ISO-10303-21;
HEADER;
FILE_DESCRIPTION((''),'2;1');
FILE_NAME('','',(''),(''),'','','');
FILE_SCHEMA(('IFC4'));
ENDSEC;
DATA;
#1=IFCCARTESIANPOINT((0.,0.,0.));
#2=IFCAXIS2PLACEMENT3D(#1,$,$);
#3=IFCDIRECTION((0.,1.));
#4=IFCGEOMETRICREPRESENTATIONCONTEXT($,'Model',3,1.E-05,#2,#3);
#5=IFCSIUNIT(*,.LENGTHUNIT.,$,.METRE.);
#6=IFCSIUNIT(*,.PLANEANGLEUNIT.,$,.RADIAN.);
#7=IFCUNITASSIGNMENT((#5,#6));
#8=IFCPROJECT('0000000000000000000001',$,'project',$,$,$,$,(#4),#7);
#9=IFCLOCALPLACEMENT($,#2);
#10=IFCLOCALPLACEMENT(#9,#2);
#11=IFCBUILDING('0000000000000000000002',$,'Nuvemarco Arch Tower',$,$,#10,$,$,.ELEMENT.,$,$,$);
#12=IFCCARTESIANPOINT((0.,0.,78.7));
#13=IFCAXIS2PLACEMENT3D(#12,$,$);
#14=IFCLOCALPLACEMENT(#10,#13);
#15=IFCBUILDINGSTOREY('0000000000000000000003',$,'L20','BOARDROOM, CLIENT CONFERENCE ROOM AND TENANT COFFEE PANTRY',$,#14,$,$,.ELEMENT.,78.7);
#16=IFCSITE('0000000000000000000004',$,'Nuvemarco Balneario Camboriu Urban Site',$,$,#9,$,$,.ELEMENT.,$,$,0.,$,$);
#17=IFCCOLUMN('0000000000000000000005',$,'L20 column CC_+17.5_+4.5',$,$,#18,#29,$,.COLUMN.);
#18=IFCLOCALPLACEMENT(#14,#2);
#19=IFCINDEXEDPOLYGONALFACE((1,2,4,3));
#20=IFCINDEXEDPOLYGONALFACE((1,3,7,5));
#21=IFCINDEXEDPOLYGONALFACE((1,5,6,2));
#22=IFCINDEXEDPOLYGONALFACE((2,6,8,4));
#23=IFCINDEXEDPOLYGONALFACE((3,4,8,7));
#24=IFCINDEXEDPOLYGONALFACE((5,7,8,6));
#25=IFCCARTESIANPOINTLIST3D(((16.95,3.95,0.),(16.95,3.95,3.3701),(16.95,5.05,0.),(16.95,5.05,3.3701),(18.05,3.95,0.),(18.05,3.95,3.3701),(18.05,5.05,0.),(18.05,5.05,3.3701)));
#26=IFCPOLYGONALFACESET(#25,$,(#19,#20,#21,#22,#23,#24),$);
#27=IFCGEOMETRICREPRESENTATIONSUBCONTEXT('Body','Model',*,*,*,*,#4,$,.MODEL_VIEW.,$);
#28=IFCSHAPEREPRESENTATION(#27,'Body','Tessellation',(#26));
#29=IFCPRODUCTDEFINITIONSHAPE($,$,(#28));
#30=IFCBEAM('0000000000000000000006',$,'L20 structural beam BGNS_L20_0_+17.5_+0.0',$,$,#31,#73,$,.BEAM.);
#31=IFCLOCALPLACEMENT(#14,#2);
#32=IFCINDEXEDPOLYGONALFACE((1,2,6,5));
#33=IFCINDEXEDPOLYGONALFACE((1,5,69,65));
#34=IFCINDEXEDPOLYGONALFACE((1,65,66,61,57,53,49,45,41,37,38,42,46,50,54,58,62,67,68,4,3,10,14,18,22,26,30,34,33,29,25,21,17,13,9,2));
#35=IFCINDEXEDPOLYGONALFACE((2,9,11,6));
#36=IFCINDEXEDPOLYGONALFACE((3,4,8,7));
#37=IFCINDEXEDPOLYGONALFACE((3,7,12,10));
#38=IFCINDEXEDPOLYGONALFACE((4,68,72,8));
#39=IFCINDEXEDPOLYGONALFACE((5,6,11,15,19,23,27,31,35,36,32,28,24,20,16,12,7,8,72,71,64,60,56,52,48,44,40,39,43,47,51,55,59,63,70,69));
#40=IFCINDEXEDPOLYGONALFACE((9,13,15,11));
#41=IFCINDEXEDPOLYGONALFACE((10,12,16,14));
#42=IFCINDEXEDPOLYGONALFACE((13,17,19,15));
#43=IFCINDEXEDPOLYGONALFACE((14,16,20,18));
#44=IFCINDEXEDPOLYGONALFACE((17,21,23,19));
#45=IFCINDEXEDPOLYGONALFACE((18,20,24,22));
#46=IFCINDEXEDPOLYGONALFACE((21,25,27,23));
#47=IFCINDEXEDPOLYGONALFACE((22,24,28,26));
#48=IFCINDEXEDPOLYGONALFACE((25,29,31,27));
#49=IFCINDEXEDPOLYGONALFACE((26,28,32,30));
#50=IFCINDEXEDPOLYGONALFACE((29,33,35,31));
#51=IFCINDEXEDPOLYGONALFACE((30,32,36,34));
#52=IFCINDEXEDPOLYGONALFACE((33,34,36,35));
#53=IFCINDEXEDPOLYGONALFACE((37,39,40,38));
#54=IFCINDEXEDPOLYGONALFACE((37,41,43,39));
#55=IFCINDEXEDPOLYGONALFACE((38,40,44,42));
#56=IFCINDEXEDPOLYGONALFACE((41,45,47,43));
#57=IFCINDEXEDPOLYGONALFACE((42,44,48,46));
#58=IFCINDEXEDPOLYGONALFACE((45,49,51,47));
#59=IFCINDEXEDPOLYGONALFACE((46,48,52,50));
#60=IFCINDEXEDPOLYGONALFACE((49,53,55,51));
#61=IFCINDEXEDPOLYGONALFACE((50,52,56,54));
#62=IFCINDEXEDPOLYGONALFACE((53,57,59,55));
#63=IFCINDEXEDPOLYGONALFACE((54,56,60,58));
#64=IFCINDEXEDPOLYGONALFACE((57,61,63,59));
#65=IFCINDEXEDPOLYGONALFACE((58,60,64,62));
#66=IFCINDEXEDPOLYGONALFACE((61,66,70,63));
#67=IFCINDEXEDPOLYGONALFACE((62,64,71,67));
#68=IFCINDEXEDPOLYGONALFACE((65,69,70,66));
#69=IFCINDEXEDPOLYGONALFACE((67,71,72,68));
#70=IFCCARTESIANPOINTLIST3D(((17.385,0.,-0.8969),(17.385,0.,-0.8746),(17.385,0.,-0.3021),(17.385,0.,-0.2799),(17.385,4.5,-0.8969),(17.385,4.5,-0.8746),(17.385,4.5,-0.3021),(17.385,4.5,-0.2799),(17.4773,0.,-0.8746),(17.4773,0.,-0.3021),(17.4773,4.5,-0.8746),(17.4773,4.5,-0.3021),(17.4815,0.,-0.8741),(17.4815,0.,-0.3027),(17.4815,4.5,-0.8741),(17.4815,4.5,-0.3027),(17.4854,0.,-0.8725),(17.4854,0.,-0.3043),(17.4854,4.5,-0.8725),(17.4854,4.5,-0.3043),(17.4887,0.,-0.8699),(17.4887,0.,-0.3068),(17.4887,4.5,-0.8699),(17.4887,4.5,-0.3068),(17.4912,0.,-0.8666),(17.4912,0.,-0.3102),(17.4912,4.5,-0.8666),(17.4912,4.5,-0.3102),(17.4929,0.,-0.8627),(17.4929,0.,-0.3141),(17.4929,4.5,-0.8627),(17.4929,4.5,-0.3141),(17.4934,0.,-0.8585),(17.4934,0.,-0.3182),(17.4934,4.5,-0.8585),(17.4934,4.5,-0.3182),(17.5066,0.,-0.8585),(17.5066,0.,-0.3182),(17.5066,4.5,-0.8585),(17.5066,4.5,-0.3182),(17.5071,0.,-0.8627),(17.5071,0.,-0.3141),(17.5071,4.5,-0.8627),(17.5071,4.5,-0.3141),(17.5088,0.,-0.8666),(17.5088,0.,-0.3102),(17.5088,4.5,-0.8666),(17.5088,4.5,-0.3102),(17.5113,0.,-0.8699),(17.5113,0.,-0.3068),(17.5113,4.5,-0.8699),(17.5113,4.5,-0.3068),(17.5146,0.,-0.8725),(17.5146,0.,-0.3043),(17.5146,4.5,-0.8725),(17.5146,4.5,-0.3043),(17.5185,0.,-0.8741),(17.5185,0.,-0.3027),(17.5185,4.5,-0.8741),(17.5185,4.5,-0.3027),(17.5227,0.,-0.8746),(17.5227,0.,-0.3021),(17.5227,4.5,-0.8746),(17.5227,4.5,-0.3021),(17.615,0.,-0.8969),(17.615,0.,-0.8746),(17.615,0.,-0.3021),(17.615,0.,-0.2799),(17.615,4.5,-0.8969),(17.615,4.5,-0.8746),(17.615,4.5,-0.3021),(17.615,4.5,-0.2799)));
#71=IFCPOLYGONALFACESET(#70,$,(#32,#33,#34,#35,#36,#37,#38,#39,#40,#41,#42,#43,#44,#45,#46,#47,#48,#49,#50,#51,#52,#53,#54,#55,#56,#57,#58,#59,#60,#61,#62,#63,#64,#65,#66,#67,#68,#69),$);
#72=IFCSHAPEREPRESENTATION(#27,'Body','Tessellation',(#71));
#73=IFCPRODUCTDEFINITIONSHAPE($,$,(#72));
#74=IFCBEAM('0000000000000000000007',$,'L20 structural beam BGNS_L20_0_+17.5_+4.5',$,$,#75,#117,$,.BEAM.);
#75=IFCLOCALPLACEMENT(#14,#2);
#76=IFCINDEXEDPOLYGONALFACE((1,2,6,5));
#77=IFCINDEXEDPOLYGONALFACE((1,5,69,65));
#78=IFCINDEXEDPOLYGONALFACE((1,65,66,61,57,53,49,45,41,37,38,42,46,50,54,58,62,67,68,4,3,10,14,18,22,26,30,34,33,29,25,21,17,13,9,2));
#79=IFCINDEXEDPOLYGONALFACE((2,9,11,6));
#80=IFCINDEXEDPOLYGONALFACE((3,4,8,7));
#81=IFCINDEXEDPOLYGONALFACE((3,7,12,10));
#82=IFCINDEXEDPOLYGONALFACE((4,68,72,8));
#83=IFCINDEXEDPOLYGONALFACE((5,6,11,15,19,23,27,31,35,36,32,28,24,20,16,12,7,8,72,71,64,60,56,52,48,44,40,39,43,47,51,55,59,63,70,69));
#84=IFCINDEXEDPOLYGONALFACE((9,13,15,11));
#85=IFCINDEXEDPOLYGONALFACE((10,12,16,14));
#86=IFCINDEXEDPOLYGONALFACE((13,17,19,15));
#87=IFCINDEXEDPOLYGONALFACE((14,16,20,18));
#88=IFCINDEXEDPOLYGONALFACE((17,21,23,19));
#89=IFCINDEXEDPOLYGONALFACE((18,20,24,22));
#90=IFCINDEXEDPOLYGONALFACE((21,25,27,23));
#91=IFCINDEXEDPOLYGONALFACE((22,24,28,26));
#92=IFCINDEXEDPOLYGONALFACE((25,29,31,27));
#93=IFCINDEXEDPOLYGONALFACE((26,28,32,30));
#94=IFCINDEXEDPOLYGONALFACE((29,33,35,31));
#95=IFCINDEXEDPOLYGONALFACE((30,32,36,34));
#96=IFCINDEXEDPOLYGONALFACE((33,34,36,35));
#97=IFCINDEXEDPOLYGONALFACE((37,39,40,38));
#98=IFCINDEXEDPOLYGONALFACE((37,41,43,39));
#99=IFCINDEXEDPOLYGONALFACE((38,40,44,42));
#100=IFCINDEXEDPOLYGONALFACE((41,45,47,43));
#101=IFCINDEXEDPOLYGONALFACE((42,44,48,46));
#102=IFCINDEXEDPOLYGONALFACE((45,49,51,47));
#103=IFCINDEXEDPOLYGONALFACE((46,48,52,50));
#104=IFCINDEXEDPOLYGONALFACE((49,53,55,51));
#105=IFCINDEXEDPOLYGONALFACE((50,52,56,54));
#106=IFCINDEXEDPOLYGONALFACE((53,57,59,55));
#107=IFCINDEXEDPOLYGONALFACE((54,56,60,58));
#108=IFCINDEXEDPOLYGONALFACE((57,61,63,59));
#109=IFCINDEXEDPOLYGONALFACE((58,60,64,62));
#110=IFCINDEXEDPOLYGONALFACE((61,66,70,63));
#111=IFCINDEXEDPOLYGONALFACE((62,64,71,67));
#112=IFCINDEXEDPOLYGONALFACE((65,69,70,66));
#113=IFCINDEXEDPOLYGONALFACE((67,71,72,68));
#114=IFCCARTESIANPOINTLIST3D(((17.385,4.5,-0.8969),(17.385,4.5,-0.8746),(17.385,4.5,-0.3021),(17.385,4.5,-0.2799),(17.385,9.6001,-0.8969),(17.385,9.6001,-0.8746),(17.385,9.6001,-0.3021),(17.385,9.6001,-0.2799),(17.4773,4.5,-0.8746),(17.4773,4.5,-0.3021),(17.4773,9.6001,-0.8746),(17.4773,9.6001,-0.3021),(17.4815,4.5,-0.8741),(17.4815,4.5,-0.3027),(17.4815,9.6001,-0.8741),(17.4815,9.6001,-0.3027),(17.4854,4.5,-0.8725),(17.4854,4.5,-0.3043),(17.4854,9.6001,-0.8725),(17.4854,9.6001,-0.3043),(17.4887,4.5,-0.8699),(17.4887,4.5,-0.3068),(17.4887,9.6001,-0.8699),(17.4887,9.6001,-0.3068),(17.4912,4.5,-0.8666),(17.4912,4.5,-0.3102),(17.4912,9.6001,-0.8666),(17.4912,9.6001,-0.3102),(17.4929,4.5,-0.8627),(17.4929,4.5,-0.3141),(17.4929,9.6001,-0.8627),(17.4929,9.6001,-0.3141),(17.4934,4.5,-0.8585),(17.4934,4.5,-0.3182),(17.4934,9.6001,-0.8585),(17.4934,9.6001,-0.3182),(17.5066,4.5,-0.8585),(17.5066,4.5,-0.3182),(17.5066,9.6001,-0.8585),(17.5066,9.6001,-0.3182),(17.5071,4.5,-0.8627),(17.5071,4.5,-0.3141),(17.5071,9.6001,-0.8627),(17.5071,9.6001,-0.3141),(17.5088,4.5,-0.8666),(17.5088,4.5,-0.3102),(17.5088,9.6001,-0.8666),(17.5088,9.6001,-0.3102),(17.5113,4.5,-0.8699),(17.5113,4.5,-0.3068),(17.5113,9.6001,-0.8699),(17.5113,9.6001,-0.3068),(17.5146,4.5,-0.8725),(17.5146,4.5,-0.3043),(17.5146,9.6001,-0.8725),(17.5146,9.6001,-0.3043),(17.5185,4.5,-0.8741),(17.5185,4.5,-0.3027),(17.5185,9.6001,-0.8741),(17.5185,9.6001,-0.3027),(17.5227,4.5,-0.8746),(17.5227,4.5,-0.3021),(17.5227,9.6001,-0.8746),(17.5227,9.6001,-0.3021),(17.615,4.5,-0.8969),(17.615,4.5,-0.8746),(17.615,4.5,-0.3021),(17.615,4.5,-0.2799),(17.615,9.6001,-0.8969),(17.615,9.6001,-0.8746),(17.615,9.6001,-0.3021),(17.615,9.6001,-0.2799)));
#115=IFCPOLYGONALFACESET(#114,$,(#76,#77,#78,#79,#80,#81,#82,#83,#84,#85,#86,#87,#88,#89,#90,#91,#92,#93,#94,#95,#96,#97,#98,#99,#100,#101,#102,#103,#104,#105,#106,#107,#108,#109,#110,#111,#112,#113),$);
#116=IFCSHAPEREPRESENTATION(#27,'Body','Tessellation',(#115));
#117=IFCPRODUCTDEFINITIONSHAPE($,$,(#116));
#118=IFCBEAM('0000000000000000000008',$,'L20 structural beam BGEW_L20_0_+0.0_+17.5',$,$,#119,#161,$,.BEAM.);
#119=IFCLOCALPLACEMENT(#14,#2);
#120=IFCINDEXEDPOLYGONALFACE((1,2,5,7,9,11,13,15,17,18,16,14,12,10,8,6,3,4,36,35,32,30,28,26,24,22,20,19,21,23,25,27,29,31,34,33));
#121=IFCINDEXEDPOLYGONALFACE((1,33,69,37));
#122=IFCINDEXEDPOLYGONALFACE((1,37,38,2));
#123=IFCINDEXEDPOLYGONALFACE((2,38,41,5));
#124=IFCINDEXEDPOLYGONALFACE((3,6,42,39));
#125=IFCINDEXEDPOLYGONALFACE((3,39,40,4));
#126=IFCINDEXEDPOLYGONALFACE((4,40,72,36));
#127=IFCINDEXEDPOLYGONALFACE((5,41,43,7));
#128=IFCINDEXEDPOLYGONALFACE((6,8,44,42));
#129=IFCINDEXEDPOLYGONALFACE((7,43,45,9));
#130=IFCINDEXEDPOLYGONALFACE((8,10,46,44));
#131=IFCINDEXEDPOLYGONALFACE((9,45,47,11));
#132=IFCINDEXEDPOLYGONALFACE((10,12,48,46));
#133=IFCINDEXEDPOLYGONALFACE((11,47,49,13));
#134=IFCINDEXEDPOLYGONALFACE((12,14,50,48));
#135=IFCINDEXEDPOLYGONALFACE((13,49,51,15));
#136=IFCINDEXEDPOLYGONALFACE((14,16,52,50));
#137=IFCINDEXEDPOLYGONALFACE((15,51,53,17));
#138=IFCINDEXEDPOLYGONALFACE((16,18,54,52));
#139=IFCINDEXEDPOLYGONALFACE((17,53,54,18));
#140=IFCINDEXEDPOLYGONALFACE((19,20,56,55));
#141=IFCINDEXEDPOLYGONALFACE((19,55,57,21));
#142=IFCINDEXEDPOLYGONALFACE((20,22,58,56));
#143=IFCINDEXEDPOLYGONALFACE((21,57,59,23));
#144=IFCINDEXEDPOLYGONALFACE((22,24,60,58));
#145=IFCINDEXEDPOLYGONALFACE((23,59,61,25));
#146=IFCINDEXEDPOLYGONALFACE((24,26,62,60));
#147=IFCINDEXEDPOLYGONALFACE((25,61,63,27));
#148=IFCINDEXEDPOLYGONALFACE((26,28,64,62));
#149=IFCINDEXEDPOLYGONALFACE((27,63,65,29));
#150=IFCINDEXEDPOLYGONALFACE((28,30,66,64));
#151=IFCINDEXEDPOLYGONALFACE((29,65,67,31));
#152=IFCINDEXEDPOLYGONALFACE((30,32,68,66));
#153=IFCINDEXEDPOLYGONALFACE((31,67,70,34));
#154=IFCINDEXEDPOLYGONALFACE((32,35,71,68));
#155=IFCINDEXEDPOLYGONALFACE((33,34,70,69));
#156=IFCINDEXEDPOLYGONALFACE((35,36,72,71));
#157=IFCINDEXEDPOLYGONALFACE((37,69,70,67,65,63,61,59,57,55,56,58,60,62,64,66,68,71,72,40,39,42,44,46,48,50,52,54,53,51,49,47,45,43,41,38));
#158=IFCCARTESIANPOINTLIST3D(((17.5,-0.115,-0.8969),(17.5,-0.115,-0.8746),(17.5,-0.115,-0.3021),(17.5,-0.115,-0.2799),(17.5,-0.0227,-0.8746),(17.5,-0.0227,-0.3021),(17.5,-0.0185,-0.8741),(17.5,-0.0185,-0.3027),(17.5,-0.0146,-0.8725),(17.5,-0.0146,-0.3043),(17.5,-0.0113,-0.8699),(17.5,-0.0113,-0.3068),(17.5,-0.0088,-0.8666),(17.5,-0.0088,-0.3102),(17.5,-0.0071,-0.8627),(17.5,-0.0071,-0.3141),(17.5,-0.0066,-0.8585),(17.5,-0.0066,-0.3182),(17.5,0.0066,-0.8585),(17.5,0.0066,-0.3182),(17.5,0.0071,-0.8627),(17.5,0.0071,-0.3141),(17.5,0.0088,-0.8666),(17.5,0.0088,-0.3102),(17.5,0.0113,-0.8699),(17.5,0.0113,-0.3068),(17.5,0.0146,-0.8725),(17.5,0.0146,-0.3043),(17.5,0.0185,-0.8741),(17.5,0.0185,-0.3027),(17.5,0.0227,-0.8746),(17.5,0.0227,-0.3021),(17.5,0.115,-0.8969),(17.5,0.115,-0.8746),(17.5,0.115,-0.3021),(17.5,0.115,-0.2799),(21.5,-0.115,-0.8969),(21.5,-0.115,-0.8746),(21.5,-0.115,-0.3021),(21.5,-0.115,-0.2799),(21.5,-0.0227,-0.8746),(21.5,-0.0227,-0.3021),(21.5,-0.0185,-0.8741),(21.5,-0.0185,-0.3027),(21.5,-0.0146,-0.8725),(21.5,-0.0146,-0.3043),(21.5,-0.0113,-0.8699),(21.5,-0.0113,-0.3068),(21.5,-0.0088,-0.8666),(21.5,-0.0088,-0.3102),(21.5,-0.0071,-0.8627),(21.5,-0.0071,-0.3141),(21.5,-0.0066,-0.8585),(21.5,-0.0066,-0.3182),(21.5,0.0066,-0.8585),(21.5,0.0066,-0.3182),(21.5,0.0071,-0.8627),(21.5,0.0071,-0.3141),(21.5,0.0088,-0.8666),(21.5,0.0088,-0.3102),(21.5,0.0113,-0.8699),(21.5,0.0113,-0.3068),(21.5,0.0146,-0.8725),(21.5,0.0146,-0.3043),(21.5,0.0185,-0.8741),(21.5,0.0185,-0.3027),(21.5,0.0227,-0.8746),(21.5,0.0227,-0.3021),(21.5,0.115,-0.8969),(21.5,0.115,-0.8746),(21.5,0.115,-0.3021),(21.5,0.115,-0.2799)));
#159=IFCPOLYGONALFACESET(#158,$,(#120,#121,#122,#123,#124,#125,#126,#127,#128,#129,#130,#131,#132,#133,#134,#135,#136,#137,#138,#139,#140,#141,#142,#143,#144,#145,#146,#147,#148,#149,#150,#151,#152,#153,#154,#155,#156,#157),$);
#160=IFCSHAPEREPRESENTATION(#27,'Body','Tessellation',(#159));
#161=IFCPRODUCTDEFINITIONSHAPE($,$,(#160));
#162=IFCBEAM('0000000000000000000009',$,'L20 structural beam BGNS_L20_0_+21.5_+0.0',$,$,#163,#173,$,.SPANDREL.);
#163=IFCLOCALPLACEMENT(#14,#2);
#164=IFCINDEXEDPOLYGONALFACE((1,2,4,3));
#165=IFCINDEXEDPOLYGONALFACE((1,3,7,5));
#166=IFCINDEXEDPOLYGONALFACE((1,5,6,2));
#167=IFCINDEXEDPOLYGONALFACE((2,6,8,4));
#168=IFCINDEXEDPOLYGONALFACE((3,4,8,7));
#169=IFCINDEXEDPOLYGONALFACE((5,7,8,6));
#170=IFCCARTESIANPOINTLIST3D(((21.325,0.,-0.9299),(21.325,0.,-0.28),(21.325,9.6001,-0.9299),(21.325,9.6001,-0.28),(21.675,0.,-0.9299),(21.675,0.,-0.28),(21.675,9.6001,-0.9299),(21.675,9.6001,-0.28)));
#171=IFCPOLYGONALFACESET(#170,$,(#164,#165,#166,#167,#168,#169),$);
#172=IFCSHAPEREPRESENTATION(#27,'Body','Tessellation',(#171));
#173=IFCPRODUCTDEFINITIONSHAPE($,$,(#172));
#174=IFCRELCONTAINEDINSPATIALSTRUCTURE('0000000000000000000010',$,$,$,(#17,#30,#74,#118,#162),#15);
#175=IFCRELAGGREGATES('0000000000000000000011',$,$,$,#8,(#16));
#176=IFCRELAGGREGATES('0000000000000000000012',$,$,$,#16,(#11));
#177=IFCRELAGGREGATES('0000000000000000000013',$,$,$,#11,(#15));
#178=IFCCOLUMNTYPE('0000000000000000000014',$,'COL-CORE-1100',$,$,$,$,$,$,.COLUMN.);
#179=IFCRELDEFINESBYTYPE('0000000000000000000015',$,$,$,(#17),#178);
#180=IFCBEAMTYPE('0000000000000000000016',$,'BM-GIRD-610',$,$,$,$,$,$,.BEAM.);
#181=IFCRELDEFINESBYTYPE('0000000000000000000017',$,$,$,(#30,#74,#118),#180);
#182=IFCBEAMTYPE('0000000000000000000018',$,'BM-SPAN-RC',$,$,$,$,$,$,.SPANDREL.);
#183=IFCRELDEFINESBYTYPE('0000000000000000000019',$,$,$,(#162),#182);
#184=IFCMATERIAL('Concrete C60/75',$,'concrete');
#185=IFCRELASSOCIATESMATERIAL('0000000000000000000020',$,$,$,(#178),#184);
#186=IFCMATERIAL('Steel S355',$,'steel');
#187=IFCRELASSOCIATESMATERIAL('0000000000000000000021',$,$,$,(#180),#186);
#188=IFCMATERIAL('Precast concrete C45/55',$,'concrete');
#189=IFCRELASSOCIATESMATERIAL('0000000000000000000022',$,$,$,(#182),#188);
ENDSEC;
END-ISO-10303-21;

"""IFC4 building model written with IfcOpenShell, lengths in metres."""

from ifc_helpers import new_model, si_unit, direction, frame, origin, origin_2d, place, context, subcontext, project, spatial, rectangle, i_section, extrude, material, material_profile, profile_set, type_object, element, save


model = new_model("IFC4")

# Units and contexts
model_context = context("Model", 3, precision=1e-05, world=origin(), true_north=direction((0.0, 1.0)))
body_context = subcontext(model_context, "Body", "Model", "MODEL_VIEW")
ifc_project = project(units=[si_unit("LENGTHUNIT", "METRE"), si_unit("PLANEANGLEUNIT", "RADIAN")], contexts=[model_context])

# Site, building, storey
site_placement = place(None, origin())
site = spatial("IfcSite", under=ifc_project, at=site_placement, Name="Nuvemarco Balneario Camboriu Urban Site", CompositionType="ELEMENT", RefElevation=0.0)
building_placement = place(site_placement, origin())
building = spatial("IfcBuilding", under=site, at=building_placement, Name="Nuvemarco Arch Tower", CompositionType="ELEMENT")
storey_placement = place(building_placement, frame((0.0, 0.0, 78.7)))
storey = spatial("IfcBuildingStorey", under=building, at=storey_placement, Name="L20", Description="BOARDROOM, CLIENT CONFERENCE ROOM AND TENANT COFFEE PANTRY", CompositionType="ELEMENT", Elevation=78.7)

# Column
ifc_material_1 = material(Name="Concrete C60/75", Category="concrete")
ifc_material_profile_1 = material_profile(ifc_material_1, rectangle(XDim=1.1001, YDim=1.1001, at=origin_2d()), Name="RC-COL-1100x1100")
ifc_profile_set_1 = profile_set([ifc_material_profile_1], Name="Concrete C60/75")
column_type = type_object("IfcColumnType", Name="COL-CORE-1100", PredefinedType="COLUMN", material=ifc_profile_set_1)
column_placement = place(storey_placement, frame((17.5, 4.5, 0.0), z_axis=(0.0, 0.0, 1.0), x_axis=(1.0, 0.0, 0.0)))
element("IfcColumn", 1, at=column_placement, inside=storey, type_object=column_type, Name="L20 column CC_+17.5_+4.5", PredefinedType="COLUMN", context=body_context, shape_type="SweptSolid", body=[
    extrude(rectangle(XDim=1.1001, YDim=1.1001, at=origin_2d()), origin(), (0.0, 0.0, 1.0), 3.3701),
])

# Beams
ifc_material_2 = material(Name="Steel S355", Category="steel")
ifc_material_profile_2 = material_profile(ifc_material_2, i_section(OverallWidth=0.23, OverallDepth=0.6169, WebThickness=0.0132, FlangeThickness=0.0222, FilletRadius=0.0161, at=origin_2d()), Name="W610x140")
ifc_profile_set_2 = profile_set([ifc_material_profile_2], Name="Steel S355")
beam_type_1 = type_object("IfcBeamType", Name="BM-GIRD-610", PredefinedType="BEAM", material=ifc_profile_set_2)
beam_1_placement = place(storey_placement, frame((17.5, 0.0, -0.5884), z_axis=(0.0, 1.0, 0.0), x_axis=(-1.0, 0.0, 0.0)))
element("IfcBeam", 2, at=beam_1_placement, inside=storey, type_object=beam_type_1, Name="L20 structural beam BGNS_L20_0_+17.5_+0.0", PredefinedType="BEAM", context=body_context, shape_type="SweptSolid", body=[
    extrude(i_section(OverallWidth=0.23, OverallDepth=0.6169, WebThickness=0.0132, FlangeThickness=0.0222, FilletRadius=0.0161, at=origin_2d()), origin(), (0.0, 0.0, 1.0), 4.5),
])
beam_2_placement = place(storey_placement, frame((17.5, 4.5, -0.5884), z_axis=(0.0, 1.0, 0.0), x_axis=(-1.0, 0.0, 0.0)))
element("IfcBeam", 3, at=beam_2_placement, inside=storey, type_object=beam_type_1, Name="L20 structural beam BGNS_L20_0_+17.5_+4.5", PredefinedType="BEAM", context=body_context, shape_type="SweptSolid", body=[
    extrude(i_section(OverallWidth=0.23, OverallDepth=0.6169, WebThickness=0.0132, FlangeThickness=0.0222, FilletRadius=0.0161, at=origin_2d()), origin(), (0.0, 0.0, 1.0), 5.1001),
])
beam_3_placement = place(storey_placement, frame((17.5, 0.0, -0.5884), z_axis=(1.0, 0.0, 0.0), x_axis=(0.0, 1.0, 0.0)))
element("IfcBeam", 4, at=beam_3_placement, inside=storey, type_object=beam_type_1, Name="L20 structural beam BGEW_L20_0_+0.0_+17.5", PredefinedType="BEAM", context=body_context, shape_type="SweptSolid", body=[
    extrude(i_section(OverallWidth=0.23, OverallDepth=0.6169, WebThickness=0.0132, FlangeThickness=0.0222, FilletRadius=0.0161, at=origin_2d()), origin(), (0.0, 0.0, 1.0), 4.0),
])
ifc_material_3 = material(Name="Precast concrete C45/55", Category="concrete")
ifc_material_profile_3 = material_profile(ifc_material_3, rectangle(XDim=0.3501, YDim=0.6499, at=origin_2d()), Name="PC-SP-350x650")
ifc_profile_set_3 = profile_set([ifc_material_profile_3], Name="Precast concrete C45/55")
beam_type_2 = type_object("IfcBeamType", Name="BM-SPAN-RC", PredefinedType="SPANDREL", material=ifc_profile_set_3)
beam_4_placement = place(storey_placement, frame((21.5, 0.0, -0.605), z_axis=(0.0, 1.0, 0.0), x_axis=(-1.0, 0.0, 0.0)))
element("IfcBeam", 5, at=beam_4_placement, inside=storey, type_object=beam_type_2, Name="L20 structural beam BGNS_L20_0_+21.5_+0.0", PredefinedType="SPANDREL", context=body_context, shape_type="SweptSolid", body=[
    extrude(rectangle(XDim=0.3501, YDim=0.6499, at=origin_2d()), origin(), (0.0, 0.0, 1.0), 9.6001),
])

save(model, "model.ifc")
